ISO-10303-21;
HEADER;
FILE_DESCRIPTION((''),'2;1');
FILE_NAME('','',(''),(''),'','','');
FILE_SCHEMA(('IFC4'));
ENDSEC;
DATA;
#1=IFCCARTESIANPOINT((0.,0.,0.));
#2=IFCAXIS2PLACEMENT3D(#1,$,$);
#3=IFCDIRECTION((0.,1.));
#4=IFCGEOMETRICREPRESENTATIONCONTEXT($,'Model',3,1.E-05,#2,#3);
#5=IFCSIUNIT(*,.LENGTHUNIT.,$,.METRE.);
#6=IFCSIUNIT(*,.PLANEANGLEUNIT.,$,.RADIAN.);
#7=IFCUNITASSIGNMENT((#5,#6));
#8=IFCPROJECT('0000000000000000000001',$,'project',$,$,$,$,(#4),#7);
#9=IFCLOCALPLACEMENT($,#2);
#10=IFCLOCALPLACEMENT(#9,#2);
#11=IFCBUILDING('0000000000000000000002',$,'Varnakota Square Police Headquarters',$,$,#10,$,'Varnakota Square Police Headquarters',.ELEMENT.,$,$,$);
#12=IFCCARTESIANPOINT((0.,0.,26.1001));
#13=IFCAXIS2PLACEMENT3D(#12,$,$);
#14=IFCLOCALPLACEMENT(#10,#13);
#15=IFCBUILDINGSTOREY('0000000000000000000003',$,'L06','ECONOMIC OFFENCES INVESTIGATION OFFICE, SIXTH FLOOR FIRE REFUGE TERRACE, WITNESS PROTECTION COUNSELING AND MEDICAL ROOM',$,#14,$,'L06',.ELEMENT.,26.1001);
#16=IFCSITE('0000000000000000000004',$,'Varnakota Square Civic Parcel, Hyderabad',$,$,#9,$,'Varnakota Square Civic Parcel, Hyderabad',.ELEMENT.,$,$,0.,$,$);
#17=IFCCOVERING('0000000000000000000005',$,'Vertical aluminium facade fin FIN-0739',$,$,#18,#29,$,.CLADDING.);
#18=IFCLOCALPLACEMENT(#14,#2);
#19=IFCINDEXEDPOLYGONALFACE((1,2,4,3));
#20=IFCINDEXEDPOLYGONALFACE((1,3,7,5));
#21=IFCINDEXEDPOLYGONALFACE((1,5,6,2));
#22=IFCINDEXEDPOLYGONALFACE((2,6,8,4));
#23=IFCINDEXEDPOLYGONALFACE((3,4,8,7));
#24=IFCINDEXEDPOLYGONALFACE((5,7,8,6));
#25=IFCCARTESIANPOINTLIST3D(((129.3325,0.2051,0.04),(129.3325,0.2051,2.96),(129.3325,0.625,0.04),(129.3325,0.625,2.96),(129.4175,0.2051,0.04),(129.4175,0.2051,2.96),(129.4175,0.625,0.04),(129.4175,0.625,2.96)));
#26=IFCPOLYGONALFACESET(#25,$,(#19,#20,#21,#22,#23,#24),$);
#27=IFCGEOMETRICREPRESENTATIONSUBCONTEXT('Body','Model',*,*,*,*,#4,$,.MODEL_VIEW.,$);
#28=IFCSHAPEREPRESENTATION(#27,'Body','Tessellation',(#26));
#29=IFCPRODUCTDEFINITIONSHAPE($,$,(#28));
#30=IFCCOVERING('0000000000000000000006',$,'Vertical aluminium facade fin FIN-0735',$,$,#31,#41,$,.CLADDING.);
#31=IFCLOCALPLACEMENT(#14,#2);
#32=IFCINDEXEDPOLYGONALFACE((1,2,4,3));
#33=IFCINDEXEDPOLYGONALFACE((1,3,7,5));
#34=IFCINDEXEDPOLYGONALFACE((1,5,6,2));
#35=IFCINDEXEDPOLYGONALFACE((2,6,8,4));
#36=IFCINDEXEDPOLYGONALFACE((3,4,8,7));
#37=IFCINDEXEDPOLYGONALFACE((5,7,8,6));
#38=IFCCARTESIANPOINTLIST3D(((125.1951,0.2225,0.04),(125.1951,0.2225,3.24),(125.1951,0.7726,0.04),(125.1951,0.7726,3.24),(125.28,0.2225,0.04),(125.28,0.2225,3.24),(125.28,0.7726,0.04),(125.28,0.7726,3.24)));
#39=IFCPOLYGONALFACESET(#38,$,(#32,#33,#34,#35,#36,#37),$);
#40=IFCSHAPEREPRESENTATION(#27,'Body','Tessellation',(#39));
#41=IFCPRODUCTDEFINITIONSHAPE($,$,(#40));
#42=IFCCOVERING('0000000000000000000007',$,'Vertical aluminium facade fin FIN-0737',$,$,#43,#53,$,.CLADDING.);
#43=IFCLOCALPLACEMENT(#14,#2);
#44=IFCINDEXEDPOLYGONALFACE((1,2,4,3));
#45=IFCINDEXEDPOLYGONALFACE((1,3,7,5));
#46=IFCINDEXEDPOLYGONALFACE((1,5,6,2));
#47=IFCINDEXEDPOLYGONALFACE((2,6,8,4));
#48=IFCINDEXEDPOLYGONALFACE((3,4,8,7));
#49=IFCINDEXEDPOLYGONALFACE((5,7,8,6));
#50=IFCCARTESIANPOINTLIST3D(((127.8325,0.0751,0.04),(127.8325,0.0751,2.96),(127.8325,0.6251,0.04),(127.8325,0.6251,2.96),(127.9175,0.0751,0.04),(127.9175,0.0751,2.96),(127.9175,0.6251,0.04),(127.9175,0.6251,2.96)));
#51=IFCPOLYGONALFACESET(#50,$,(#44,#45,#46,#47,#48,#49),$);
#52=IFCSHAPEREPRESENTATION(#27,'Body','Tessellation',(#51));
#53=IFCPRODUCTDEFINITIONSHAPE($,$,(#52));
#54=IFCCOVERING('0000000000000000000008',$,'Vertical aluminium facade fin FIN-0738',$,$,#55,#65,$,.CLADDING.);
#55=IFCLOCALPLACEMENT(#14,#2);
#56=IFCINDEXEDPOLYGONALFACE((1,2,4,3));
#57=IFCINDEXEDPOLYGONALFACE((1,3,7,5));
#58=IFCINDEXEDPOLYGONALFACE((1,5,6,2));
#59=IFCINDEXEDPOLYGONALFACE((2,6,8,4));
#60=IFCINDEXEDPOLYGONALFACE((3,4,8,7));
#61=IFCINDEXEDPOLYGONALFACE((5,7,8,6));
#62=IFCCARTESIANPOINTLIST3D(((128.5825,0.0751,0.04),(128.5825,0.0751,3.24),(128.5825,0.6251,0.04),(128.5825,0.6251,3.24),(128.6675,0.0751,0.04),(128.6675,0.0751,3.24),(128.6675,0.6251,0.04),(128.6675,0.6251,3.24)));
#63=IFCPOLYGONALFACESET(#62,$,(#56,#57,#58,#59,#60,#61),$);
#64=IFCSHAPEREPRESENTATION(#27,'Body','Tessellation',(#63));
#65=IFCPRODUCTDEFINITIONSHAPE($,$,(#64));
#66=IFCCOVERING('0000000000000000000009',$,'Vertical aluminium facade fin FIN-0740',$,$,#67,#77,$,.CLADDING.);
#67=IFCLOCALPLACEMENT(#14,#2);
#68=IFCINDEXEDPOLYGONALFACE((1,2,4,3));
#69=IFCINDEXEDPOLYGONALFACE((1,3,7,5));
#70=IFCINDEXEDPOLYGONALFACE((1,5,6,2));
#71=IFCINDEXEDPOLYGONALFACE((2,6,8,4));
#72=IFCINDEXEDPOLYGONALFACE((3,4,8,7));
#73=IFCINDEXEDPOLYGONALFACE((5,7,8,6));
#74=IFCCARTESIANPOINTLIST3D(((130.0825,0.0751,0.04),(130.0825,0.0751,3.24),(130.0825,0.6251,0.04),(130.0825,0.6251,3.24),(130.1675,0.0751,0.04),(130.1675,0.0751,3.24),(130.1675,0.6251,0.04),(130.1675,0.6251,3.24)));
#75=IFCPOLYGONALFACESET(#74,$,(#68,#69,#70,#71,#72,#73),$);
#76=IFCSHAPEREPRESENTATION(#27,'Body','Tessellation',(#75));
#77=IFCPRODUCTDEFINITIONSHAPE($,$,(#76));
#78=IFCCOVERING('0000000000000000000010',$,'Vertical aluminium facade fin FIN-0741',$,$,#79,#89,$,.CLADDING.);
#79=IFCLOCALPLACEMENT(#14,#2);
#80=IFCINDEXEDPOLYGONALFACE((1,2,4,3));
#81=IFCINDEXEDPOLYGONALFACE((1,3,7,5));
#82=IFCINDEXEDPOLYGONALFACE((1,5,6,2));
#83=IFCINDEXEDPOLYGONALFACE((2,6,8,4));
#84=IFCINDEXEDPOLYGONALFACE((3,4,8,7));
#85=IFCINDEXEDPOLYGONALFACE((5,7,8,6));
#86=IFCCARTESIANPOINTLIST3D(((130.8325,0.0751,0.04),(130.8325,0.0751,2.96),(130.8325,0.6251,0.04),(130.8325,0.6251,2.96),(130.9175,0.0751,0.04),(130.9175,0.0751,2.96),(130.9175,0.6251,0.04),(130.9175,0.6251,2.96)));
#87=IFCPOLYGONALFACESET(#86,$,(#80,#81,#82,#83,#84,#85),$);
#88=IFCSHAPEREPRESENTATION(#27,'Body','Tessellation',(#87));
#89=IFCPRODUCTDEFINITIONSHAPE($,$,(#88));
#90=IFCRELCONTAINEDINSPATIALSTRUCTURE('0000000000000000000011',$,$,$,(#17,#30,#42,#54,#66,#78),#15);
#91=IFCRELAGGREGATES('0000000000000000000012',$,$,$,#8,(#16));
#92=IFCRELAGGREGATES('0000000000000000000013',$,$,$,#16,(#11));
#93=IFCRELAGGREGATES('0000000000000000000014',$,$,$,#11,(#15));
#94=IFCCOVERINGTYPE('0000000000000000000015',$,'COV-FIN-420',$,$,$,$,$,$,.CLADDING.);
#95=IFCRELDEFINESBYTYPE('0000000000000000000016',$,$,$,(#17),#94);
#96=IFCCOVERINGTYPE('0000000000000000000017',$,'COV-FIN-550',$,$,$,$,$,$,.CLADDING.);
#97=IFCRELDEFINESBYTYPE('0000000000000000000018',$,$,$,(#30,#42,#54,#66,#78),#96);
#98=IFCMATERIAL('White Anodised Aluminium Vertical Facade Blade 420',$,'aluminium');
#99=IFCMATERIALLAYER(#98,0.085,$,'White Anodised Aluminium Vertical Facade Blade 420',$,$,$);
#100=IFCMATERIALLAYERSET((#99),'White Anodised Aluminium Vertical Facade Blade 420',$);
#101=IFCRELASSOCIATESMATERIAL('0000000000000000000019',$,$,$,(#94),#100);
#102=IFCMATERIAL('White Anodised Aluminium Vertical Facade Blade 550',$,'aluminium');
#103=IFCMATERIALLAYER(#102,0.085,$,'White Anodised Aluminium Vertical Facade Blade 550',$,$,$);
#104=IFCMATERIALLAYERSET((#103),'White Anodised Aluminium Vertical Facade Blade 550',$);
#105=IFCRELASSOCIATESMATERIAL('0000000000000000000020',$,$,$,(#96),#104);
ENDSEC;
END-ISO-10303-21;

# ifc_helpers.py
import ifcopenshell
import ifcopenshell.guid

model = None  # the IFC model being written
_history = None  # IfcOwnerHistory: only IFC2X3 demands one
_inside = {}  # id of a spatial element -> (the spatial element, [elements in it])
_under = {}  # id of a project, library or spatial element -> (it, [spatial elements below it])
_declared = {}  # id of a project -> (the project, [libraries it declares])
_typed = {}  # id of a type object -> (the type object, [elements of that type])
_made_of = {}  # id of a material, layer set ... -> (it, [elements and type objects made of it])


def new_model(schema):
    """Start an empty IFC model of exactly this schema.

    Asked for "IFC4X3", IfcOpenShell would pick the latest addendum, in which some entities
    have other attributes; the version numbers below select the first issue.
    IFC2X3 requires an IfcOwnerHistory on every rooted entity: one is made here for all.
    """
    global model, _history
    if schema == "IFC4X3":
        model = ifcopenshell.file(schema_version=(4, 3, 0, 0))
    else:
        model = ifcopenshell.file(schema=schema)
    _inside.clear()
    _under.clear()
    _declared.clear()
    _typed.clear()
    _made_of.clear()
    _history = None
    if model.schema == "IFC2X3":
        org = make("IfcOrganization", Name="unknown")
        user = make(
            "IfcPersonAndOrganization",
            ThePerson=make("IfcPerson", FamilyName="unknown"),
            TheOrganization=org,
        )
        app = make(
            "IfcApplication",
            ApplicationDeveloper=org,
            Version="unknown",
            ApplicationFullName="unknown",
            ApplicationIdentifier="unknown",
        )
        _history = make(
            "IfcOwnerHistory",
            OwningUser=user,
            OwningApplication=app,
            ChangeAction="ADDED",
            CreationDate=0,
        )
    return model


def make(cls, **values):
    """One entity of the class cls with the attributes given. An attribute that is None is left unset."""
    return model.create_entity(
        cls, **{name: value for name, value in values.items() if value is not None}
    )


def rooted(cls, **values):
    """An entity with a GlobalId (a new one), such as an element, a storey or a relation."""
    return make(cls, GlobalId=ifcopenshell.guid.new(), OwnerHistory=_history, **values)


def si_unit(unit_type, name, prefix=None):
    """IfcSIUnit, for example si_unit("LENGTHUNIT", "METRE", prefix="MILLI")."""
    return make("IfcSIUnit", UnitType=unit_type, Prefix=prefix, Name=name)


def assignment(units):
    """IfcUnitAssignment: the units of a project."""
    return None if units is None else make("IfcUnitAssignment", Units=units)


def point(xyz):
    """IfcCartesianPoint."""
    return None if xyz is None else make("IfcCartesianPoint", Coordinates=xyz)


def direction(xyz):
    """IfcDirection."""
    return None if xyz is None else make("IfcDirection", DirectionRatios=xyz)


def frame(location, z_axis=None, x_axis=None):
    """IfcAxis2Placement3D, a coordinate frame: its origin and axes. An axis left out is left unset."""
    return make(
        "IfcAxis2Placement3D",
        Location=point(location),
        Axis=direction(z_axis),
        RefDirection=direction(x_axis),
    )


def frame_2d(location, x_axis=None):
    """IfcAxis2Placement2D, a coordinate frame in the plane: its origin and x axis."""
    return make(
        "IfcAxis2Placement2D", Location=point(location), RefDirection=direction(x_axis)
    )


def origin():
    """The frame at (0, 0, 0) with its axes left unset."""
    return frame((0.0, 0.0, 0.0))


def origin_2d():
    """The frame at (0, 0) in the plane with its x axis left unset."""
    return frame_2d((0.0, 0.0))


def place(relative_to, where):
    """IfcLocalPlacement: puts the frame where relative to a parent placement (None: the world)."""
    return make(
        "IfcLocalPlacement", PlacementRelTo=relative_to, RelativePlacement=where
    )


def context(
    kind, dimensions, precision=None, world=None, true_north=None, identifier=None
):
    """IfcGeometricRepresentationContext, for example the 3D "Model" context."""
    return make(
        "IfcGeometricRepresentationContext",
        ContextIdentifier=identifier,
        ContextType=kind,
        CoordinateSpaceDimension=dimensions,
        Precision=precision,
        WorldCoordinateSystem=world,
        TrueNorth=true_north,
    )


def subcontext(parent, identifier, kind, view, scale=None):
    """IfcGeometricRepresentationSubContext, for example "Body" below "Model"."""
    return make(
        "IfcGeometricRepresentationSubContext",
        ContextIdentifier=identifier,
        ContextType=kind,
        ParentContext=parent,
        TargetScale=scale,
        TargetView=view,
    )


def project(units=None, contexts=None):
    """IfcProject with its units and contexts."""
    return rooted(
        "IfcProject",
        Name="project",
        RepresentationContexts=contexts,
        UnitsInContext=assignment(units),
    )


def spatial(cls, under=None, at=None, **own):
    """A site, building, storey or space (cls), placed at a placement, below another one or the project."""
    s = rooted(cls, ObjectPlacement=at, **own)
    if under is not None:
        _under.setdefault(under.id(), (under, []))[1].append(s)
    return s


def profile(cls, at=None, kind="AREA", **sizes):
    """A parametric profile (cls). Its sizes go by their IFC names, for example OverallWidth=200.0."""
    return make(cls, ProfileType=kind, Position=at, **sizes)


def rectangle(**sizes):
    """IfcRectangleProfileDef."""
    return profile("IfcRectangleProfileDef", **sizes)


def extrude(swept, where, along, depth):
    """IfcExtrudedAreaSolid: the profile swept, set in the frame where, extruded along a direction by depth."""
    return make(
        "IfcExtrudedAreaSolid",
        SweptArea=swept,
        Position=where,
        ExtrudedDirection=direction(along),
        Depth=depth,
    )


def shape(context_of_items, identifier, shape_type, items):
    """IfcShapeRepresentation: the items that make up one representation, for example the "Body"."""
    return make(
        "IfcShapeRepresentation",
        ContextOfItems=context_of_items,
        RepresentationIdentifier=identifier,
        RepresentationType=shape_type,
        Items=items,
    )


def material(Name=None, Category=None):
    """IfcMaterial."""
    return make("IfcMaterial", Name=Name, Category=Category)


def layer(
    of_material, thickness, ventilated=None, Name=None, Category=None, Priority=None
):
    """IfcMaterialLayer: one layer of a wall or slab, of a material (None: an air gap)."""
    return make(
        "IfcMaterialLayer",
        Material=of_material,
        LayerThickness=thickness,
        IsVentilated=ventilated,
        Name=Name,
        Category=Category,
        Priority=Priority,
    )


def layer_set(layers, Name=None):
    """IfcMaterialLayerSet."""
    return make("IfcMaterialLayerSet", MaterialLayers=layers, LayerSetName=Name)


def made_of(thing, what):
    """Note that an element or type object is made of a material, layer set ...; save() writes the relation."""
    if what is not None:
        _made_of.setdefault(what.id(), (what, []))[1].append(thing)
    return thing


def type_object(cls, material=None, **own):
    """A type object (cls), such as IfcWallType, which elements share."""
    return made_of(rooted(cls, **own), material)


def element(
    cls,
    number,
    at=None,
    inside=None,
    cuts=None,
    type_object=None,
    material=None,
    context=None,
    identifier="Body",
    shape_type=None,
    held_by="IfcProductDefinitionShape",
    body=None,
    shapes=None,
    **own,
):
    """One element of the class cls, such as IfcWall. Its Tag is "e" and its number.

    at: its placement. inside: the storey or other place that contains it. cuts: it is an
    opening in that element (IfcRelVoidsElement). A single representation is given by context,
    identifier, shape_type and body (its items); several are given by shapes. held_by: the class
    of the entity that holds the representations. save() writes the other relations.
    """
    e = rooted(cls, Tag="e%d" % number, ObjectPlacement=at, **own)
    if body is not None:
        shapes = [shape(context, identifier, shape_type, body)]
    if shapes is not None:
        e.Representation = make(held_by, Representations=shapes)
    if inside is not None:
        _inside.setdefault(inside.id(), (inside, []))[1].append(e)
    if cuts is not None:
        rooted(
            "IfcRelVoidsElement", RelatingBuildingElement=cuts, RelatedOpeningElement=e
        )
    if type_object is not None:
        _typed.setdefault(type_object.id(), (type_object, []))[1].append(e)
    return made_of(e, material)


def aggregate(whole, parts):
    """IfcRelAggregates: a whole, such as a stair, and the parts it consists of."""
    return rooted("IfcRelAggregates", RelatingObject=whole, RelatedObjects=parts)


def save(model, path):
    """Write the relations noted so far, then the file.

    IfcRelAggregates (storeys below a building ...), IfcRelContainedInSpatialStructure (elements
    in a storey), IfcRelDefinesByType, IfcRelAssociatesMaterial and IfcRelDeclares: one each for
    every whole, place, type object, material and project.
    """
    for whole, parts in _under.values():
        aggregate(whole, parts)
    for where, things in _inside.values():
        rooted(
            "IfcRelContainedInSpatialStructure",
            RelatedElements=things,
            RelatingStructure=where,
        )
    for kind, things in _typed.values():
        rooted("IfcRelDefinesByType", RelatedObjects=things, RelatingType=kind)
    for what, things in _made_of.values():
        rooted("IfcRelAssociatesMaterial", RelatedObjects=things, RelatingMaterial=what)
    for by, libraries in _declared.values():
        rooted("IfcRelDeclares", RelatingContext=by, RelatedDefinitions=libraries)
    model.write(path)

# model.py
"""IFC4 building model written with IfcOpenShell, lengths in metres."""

from ifc_helpers import new_model, si_unit, direction, frame, origin, origin_2d, place, context, subcontext, project, spatial, rectangle, extrude, material, layer, layer_set, type_object, element, save


model = new_model("IFC4")

# Units and contexts
model_context = context("Model", 3, precision=1e-05, world=origin(), true_north=direction((0.0, 1.0)))
body_context = subcontext(model_context, "Body", "Model", "MODEL_VIEW")
ifc_project = project(units=[si_unit("LENGTHUNIT", "METRE"), si_unit("PLANEANGLEUNIT", "RADIAN")], contexts=[model_context])

# Site, building, storey
site_placement = place(None, origin())
site = spatial("IfcSite", under=ifc_project, at=site_placement, Name="Varnakota Square Civic Parcel, Hyderabad", LongName="Varnakota Square Civic Parcel, Hyderabad", CompositionType="ELEMENT", RefElevation=0.0)
building_placement = place(site_placement, origin())
building = spatial("IfcBuilding", under=site, at=building_placement, Name="Varnakota Square Police Headquarters", LongName="Varnakota Square Police Headquarters", CompositionType="ELEMENT")
storey_placement = place(building_placement, frame((0.0, 0.0, 26.1001)))
storey = spatial("IfcBuildingStorey", under=building, at=storey_placement, Name="L06", Description="ECONOMIC OFFENCES INVESTIGATION OFFICE, SIXTH FLOOR FIRE REFUGE TERRACE, WITNESS PROTECTION COUNSELING AND MEDICAL ROOM", LongName="L06", CompositionType="ELEMENT", Elevation=26.1001)

# Coverings
ifc_material_1 = material(Name="White Anodised Aluminium Vertical Facade Blade 420", Category="aluminium")
ifc_layer_1 = layer(ifc_material_1, 0.085, Name="White Anodised Aluminium Vertical Facade Blade 420")
ifc_layer_set_1 = layer_set([ifc_layer_1], Name="White Anodised Aluminium Vertical Facade Blade 420")
covering_type_1 = type_object("IfcCoveringType", Name="COV-FIN-420", PredefinedType="CLADDING", material=ifc_layer_set_1)
covering_1_placement = place(storey_placement, frame((129.375, 0.415, 0.04), z_axis=(0.0, 0.0, 1.0), x_axis=(1.0, 0.0, 0.0)))
element("IfcCovering", 1, at=covering_1_placement, inside=storey, type_object=covering_type_1, Name="Vertical aluminium facade fin FIN-0739", PredefinedType="CLADDING", context=body_context, shape_type="SweptSolid", body=[
    extrude(rectangle(XDim=0.085, YDim=0.4199, at=origin_2d()), origin(), (0.0, 0.0, 1.0), 2.9199),
])
ifc_material_2 = material(Name="White Anodised Aluminium Vertical Facade Blade 550", Category="aluminium")
ifc_layer_2 = layer(ifc_material_2, 0.085, Name="White Anodised Aluminium Vertical Facade Blade 550")
ifc_layer_set_2 = layer_set([ifc_layer_2], Name="White Anodised Aluminium Vertical Facade Blade 550")
covering_type_2 = type_object("IfcCoveringType", Name="COV-FIN-550", PredefinedType="CLADDING", material=ifc_layer_set_2)
covering_2_placement = place(storey_placement, frame((125.2375, 0.4976, 0.04), z_axis=(0.0, 0.0, 1.0), x_axis=(1.0, 0.0, 0.0)))
element("IfcCovering", 2, at=covering_2_placement, inside=storey, type_object=covering_type_2, Name="Vertical aluminium facade fin FIN-0735", PredefinedType="CLADDING", context=body_context, shape_type="SweptSolid", body=[
    extrude(rectangle(XDim=0.085, YDim=0.55, at=origin_2d()), origin(), (0.0, 0.0, 1.0), 3.2),
])
covering_3_placement = place(storey_placement, frame((127.875, 0.3501, 0.04), z_axis=(0.0, 0.0, 1.0), x_axis=(1.0, 0.0, 0.0)))
element("IfcCovering", 3, at=covering_3_placement, inside=storey, type_object=covering_type_2, Name="Vertical aluminium facade fin FIN-0737", PredefinedType="CLADDING", context=body_context, shape_type="SweptSolid", body=[
    extrude(rectangle(XDim=0.085, YDim=0.55, at=origin_2d()), origin(), (0.0, 0.0, 1.0), 2.9199),
])
for number, where, z_axis, x_axis, name in (
    (4, (128.625, 0.3501, 0.04), (0.0, 0.0, 1.0), (1.0, 0.0, 0.0), "Vertical aluminium facade fin FIN-0738"),
    (5, (130.125, 0.3501, 0.04), (0.0, 0.0, 1.0), (1.0, 0.0, 0.0), "Vertical aluminium facade fin FIN-0740"),
):
    element("IfcCovering", number, at=place(storey_placement, frame(where, z_axis=z_axis, x_axis=x_axis)), inside=storey, type_object=covering_type_2, Name=name, PredefinedType="CLADDING", context=body_context, shape_type="SweptSolid", body=[
        extrude(rectangle(XDim=0.085, YDim=0.55, at=origin_2d()), origin(), (0.0, 0.0, 1.0), 3.2),
    ])
covering_4_placement = place(storey_placement, frame((130.875, 0.3501, 0.04), z_axis=(0.0, 0.0, 1.0), x_axis=(1.0, 0.0, 0.0)))
element("IfcCovering", 6, at=covering_4_placement, inside=storey, type_object=covering_type_2, Name="Vertical aluminium facade fin FIN-0741", PredefinedType="CLADDING", context=body_context, shape_type="SweptSolid", body=[
    extrude(rectangle(XDim=0.085, YDim=0.55, at=origin_2d()), origin(), (0.0, 0.0, 1.0), 2.9199),
])

save(model, "model.ifc")
